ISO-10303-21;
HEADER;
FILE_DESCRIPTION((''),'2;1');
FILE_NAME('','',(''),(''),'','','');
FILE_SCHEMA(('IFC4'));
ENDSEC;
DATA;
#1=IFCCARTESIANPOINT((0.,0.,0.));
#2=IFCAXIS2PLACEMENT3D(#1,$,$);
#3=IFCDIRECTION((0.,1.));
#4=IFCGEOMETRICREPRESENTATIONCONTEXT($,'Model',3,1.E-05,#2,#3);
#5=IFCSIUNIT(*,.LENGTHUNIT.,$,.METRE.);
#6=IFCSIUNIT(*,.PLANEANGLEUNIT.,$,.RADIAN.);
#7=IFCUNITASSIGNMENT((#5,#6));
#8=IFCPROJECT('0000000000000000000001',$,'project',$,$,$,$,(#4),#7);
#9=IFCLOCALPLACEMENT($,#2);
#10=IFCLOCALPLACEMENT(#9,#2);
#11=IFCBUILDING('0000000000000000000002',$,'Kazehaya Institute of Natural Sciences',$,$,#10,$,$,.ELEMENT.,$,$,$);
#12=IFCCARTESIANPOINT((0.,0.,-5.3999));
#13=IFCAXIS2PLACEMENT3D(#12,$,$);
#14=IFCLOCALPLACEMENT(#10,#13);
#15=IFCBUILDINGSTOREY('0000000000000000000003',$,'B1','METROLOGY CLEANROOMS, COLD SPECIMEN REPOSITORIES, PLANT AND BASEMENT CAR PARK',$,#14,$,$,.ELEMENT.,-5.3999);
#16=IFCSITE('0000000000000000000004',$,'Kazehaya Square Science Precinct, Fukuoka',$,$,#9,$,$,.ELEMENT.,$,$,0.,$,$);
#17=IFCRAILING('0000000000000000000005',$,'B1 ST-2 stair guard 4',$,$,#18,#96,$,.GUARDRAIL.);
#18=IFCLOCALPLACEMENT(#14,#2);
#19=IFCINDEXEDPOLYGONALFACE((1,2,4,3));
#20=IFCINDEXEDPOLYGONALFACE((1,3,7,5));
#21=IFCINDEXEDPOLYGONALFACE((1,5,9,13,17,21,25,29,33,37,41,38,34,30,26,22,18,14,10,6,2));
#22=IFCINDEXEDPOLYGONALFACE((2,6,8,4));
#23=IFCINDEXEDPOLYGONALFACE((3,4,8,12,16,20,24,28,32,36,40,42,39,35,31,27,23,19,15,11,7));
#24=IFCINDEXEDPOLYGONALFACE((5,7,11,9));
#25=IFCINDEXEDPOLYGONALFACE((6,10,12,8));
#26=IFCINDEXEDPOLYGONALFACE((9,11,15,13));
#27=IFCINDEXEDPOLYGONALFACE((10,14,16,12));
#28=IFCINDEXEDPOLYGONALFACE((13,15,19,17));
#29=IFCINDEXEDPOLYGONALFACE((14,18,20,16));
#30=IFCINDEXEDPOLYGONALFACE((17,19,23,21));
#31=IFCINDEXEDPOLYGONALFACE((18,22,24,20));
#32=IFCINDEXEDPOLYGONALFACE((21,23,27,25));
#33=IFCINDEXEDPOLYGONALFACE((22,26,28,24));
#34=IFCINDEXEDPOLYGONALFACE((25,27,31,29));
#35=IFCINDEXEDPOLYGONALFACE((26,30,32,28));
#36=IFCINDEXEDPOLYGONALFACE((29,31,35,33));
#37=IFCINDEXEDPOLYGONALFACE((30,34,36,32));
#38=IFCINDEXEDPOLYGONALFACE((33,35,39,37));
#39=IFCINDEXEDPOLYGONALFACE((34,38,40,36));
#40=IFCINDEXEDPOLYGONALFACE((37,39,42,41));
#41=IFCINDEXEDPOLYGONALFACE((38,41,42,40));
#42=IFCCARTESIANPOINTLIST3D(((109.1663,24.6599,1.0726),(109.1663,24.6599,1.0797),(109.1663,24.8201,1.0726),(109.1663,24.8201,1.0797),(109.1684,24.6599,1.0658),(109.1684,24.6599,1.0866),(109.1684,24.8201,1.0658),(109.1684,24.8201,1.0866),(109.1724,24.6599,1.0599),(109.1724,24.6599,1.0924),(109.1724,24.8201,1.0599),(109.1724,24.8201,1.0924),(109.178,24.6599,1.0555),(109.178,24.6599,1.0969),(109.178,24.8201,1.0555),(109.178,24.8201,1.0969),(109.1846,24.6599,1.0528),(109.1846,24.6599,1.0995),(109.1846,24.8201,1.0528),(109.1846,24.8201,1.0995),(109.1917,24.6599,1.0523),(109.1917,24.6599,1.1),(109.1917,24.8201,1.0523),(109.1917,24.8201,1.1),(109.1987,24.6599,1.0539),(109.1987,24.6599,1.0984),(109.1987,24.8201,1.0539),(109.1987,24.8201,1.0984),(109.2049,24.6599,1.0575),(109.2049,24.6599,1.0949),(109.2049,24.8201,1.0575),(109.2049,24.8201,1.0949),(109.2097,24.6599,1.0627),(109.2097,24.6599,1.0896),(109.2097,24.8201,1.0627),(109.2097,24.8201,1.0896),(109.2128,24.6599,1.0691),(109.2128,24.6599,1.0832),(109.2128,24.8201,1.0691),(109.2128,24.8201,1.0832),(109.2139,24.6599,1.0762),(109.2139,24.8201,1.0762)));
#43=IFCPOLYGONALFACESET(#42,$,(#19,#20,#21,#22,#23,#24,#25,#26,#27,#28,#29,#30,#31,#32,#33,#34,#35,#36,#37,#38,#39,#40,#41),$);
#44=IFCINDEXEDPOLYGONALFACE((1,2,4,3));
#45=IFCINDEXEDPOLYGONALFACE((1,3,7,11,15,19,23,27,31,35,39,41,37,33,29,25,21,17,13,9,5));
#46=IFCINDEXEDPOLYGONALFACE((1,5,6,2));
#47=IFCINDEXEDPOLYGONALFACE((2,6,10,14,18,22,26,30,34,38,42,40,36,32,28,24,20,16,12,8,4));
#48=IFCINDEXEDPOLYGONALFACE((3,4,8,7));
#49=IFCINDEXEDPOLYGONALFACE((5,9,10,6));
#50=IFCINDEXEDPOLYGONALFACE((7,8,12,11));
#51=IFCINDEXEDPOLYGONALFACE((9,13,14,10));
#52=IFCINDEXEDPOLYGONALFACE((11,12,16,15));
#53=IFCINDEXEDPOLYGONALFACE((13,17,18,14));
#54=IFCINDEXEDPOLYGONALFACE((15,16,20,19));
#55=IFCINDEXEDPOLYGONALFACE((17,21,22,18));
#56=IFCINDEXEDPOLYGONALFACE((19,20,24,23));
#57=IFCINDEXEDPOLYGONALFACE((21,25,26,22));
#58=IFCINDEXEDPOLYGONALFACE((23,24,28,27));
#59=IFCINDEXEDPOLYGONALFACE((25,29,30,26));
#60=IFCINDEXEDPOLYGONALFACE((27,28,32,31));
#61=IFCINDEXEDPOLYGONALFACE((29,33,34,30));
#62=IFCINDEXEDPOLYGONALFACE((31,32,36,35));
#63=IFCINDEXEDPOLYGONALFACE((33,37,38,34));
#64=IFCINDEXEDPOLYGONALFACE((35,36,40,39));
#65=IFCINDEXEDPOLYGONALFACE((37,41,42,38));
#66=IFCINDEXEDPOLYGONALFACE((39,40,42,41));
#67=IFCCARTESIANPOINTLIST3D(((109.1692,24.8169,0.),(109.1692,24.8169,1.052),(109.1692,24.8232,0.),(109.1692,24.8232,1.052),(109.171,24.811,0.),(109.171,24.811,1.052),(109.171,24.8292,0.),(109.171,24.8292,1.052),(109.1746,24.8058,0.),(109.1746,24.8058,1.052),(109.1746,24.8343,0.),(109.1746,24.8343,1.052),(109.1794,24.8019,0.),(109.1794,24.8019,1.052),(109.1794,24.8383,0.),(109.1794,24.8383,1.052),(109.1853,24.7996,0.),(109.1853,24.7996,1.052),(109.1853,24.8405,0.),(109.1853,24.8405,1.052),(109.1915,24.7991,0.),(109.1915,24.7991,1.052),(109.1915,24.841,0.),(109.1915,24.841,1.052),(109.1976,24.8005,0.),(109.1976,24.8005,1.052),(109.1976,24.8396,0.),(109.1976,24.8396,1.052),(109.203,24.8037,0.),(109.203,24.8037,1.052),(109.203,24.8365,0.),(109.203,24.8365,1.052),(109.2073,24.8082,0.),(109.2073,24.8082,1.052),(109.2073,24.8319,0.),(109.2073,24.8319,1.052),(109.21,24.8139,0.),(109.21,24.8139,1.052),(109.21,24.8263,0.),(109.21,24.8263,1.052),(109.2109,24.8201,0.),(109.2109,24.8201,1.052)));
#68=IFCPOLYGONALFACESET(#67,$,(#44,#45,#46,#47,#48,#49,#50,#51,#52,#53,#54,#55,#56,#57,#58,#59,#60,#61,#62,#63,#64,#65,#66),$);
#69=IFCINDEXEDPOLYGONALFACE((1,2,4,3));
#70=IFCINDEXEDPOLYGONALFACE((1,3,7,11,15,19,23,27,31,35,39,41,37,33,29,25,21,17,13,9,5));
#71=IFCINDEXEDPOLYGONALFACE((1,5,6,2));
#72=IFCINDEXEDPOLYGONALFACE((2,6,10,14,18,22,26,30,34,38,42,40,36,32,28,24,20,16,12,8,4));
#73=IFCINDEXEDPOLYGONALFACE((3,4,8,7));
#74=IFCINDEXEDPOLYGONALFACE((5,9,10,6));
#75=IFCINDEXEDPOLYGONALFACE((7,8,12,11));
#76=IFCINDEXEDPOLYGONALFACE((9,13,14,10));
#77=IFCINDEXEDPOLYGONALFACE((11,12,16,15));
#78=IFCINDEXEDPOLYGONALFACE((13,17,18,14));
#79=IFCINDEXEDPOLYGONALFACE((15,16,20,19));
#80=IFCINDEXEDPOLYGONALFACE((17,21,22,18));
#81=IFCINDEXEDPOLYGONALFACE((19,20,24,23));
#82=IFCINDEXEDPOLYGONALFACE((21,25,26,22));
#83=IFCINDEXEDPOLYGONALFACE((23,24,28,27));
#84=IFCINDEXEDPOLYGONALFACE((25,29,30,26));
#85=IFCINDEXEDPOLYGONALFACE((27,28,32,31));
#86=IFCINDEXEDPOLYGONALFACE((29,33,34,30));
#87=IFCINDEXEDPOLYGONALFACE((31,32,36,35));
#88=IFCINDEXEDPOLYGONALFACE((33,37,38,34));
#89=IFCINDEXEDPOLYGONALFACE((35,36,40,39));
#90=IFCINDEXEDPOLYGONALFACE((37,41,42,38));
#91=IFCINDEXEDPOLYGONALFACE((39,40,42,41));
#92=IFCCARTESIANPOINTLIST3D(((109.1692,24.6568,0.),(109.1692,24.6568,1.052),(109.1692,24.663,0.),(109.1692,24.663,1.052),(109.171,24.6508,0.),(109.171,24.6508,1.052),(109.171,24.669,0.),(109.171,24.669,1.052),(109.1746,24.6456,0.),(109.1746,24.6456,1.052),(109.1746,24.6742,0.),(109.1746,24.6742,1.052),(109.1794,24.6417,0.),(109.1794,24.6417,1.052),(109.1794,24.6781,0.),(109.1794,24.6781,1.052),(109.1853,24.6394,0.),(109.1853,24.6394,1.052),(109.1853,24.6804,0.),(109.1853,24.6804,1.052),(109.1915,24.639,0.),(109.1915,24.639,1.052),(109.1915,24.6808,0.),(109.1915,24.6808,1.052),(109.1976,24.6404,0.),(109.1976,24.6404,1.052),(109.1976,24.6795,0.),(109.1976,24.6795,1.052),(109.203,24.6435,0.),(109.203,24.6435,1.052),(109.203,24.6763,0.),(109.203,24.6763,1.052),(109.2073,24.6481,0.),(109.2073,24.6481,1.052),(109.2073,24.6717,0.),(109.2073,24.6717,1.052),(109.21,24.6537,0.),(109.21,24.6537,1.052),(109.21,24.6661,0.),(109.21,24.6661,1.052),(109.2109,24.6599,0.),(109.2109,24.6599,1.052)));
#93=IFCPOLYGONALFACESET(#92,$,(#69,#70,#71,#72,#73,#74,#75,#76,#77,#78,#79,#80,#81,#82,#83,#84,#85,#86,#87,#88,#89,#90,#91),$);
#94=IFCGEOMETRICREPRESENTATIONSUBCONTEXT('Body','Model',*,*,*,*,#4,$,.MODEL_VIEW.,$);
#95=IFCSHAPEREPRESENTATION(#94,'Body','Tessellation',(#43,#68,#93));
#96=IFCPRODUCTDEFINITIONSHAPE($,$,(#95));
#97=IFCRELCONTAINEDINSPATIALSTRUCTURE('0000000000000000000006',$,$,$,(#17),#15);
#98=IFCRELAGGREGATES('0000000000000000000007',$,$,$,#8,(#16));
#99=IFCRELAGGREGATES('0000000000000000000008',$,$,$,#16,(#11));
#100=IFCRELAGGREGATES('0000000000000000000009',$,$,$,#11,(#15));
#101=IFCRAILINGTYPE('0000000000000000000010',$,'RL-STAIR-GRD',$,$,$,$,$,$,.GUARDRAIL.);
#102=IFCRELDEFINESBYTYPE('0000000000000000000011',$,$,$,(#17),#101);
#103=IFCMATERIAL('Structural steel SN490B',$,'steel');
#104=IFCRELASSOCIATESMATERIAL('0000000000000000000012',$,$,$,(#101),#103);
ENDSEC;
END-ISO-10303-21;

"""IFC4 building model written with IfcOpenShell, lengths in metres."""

from ifc_helpers import new_model, si_unit, direction, frame, origin, origin_2d, place, context, subcontext, project, spatial, circle, extrude, material, type_object, element, save


model = new_model("IFC4")

# Units and contexts
model_context = context("Model", 3, precision=1e-05, world=origin(), true_north=direction((0.0, 1.0)))
body_context = subcontext(model_context, "Body", "Model", "MODEL_VIEW")
ifc_project = project(units=[si_unit("LENGTHUNIT", "METRE"), si_unit("PLANEANGLEUNIT", "RADIAN")], contexts=[model_context])

# Site, building, storey
site_placement = place(None, origin())
site = spatial("IfcSite", under=ifc_project, at=site_placement, Name="Kazehaya Square Science Precinct, Fukuoka", CompositionType="ELEMENT", RefElevation=0.0)
building_placement = place(site_placement, origin())
building = spatial("IfcBuilding", under=site, at=building_placement, Name="Kazehaya Institute of Natural Sciences", CompositionType="ELEMENT")
storey_placement = place(building_placement, frame((0.0, 0.0, -5.3999)))
storey = spatial("IfcBuildingStorey", under=building, at=storey_placement, Name="B1", Description="METROLOGY CLEANROOMS, COLD SPECIMEN REPOSITORIES, PLANT AND BASEMENT CAR PARK", CompositionType="ELEMENT", Elevation=-5.3999)

# Railing
ifc_material_1 = material(Name="Structural steel SN490B", Category="steel")
railing_type_1 = type_object("IfcRailingType", Name="RL-STAIR-GRD", PredefinedType="GUARDRAIL", material=ifc_material_1)
railing_1_placement = place(storey_placement, frame((109.1899, 24.8201, 0.0)))
element("IfcRailing", 1, at=railing_1_placement, inside=storey, type_object=railing_type_1, Name="B1 ST-2 stair guard 4", PredefinedType="GUARDRAIL", context=body_context, shape_type="SweptSolid", body=[
    extrude(circle(Radius=0.0239, at=origin_2d()), frame((0.0, 0.0, 1.0762), z_axis=(0.0, -1.0, 0.0), x_axis=(1.0, 0.0, 0.0)), (0.0, 0.0, 1.0), 0.1602),
    extrude(circle(Radius=0.021, at=origin_2d()), origin(), (0.0, 0.0, 1.0), 1.052),
    extrude(circle(Radius=0.021, at=origin_2d()), frame((0.0, -0.1602, 0.0)), (0.0, 0.0, 1.0), 1.052),
])

save(model, "model.ifc")
